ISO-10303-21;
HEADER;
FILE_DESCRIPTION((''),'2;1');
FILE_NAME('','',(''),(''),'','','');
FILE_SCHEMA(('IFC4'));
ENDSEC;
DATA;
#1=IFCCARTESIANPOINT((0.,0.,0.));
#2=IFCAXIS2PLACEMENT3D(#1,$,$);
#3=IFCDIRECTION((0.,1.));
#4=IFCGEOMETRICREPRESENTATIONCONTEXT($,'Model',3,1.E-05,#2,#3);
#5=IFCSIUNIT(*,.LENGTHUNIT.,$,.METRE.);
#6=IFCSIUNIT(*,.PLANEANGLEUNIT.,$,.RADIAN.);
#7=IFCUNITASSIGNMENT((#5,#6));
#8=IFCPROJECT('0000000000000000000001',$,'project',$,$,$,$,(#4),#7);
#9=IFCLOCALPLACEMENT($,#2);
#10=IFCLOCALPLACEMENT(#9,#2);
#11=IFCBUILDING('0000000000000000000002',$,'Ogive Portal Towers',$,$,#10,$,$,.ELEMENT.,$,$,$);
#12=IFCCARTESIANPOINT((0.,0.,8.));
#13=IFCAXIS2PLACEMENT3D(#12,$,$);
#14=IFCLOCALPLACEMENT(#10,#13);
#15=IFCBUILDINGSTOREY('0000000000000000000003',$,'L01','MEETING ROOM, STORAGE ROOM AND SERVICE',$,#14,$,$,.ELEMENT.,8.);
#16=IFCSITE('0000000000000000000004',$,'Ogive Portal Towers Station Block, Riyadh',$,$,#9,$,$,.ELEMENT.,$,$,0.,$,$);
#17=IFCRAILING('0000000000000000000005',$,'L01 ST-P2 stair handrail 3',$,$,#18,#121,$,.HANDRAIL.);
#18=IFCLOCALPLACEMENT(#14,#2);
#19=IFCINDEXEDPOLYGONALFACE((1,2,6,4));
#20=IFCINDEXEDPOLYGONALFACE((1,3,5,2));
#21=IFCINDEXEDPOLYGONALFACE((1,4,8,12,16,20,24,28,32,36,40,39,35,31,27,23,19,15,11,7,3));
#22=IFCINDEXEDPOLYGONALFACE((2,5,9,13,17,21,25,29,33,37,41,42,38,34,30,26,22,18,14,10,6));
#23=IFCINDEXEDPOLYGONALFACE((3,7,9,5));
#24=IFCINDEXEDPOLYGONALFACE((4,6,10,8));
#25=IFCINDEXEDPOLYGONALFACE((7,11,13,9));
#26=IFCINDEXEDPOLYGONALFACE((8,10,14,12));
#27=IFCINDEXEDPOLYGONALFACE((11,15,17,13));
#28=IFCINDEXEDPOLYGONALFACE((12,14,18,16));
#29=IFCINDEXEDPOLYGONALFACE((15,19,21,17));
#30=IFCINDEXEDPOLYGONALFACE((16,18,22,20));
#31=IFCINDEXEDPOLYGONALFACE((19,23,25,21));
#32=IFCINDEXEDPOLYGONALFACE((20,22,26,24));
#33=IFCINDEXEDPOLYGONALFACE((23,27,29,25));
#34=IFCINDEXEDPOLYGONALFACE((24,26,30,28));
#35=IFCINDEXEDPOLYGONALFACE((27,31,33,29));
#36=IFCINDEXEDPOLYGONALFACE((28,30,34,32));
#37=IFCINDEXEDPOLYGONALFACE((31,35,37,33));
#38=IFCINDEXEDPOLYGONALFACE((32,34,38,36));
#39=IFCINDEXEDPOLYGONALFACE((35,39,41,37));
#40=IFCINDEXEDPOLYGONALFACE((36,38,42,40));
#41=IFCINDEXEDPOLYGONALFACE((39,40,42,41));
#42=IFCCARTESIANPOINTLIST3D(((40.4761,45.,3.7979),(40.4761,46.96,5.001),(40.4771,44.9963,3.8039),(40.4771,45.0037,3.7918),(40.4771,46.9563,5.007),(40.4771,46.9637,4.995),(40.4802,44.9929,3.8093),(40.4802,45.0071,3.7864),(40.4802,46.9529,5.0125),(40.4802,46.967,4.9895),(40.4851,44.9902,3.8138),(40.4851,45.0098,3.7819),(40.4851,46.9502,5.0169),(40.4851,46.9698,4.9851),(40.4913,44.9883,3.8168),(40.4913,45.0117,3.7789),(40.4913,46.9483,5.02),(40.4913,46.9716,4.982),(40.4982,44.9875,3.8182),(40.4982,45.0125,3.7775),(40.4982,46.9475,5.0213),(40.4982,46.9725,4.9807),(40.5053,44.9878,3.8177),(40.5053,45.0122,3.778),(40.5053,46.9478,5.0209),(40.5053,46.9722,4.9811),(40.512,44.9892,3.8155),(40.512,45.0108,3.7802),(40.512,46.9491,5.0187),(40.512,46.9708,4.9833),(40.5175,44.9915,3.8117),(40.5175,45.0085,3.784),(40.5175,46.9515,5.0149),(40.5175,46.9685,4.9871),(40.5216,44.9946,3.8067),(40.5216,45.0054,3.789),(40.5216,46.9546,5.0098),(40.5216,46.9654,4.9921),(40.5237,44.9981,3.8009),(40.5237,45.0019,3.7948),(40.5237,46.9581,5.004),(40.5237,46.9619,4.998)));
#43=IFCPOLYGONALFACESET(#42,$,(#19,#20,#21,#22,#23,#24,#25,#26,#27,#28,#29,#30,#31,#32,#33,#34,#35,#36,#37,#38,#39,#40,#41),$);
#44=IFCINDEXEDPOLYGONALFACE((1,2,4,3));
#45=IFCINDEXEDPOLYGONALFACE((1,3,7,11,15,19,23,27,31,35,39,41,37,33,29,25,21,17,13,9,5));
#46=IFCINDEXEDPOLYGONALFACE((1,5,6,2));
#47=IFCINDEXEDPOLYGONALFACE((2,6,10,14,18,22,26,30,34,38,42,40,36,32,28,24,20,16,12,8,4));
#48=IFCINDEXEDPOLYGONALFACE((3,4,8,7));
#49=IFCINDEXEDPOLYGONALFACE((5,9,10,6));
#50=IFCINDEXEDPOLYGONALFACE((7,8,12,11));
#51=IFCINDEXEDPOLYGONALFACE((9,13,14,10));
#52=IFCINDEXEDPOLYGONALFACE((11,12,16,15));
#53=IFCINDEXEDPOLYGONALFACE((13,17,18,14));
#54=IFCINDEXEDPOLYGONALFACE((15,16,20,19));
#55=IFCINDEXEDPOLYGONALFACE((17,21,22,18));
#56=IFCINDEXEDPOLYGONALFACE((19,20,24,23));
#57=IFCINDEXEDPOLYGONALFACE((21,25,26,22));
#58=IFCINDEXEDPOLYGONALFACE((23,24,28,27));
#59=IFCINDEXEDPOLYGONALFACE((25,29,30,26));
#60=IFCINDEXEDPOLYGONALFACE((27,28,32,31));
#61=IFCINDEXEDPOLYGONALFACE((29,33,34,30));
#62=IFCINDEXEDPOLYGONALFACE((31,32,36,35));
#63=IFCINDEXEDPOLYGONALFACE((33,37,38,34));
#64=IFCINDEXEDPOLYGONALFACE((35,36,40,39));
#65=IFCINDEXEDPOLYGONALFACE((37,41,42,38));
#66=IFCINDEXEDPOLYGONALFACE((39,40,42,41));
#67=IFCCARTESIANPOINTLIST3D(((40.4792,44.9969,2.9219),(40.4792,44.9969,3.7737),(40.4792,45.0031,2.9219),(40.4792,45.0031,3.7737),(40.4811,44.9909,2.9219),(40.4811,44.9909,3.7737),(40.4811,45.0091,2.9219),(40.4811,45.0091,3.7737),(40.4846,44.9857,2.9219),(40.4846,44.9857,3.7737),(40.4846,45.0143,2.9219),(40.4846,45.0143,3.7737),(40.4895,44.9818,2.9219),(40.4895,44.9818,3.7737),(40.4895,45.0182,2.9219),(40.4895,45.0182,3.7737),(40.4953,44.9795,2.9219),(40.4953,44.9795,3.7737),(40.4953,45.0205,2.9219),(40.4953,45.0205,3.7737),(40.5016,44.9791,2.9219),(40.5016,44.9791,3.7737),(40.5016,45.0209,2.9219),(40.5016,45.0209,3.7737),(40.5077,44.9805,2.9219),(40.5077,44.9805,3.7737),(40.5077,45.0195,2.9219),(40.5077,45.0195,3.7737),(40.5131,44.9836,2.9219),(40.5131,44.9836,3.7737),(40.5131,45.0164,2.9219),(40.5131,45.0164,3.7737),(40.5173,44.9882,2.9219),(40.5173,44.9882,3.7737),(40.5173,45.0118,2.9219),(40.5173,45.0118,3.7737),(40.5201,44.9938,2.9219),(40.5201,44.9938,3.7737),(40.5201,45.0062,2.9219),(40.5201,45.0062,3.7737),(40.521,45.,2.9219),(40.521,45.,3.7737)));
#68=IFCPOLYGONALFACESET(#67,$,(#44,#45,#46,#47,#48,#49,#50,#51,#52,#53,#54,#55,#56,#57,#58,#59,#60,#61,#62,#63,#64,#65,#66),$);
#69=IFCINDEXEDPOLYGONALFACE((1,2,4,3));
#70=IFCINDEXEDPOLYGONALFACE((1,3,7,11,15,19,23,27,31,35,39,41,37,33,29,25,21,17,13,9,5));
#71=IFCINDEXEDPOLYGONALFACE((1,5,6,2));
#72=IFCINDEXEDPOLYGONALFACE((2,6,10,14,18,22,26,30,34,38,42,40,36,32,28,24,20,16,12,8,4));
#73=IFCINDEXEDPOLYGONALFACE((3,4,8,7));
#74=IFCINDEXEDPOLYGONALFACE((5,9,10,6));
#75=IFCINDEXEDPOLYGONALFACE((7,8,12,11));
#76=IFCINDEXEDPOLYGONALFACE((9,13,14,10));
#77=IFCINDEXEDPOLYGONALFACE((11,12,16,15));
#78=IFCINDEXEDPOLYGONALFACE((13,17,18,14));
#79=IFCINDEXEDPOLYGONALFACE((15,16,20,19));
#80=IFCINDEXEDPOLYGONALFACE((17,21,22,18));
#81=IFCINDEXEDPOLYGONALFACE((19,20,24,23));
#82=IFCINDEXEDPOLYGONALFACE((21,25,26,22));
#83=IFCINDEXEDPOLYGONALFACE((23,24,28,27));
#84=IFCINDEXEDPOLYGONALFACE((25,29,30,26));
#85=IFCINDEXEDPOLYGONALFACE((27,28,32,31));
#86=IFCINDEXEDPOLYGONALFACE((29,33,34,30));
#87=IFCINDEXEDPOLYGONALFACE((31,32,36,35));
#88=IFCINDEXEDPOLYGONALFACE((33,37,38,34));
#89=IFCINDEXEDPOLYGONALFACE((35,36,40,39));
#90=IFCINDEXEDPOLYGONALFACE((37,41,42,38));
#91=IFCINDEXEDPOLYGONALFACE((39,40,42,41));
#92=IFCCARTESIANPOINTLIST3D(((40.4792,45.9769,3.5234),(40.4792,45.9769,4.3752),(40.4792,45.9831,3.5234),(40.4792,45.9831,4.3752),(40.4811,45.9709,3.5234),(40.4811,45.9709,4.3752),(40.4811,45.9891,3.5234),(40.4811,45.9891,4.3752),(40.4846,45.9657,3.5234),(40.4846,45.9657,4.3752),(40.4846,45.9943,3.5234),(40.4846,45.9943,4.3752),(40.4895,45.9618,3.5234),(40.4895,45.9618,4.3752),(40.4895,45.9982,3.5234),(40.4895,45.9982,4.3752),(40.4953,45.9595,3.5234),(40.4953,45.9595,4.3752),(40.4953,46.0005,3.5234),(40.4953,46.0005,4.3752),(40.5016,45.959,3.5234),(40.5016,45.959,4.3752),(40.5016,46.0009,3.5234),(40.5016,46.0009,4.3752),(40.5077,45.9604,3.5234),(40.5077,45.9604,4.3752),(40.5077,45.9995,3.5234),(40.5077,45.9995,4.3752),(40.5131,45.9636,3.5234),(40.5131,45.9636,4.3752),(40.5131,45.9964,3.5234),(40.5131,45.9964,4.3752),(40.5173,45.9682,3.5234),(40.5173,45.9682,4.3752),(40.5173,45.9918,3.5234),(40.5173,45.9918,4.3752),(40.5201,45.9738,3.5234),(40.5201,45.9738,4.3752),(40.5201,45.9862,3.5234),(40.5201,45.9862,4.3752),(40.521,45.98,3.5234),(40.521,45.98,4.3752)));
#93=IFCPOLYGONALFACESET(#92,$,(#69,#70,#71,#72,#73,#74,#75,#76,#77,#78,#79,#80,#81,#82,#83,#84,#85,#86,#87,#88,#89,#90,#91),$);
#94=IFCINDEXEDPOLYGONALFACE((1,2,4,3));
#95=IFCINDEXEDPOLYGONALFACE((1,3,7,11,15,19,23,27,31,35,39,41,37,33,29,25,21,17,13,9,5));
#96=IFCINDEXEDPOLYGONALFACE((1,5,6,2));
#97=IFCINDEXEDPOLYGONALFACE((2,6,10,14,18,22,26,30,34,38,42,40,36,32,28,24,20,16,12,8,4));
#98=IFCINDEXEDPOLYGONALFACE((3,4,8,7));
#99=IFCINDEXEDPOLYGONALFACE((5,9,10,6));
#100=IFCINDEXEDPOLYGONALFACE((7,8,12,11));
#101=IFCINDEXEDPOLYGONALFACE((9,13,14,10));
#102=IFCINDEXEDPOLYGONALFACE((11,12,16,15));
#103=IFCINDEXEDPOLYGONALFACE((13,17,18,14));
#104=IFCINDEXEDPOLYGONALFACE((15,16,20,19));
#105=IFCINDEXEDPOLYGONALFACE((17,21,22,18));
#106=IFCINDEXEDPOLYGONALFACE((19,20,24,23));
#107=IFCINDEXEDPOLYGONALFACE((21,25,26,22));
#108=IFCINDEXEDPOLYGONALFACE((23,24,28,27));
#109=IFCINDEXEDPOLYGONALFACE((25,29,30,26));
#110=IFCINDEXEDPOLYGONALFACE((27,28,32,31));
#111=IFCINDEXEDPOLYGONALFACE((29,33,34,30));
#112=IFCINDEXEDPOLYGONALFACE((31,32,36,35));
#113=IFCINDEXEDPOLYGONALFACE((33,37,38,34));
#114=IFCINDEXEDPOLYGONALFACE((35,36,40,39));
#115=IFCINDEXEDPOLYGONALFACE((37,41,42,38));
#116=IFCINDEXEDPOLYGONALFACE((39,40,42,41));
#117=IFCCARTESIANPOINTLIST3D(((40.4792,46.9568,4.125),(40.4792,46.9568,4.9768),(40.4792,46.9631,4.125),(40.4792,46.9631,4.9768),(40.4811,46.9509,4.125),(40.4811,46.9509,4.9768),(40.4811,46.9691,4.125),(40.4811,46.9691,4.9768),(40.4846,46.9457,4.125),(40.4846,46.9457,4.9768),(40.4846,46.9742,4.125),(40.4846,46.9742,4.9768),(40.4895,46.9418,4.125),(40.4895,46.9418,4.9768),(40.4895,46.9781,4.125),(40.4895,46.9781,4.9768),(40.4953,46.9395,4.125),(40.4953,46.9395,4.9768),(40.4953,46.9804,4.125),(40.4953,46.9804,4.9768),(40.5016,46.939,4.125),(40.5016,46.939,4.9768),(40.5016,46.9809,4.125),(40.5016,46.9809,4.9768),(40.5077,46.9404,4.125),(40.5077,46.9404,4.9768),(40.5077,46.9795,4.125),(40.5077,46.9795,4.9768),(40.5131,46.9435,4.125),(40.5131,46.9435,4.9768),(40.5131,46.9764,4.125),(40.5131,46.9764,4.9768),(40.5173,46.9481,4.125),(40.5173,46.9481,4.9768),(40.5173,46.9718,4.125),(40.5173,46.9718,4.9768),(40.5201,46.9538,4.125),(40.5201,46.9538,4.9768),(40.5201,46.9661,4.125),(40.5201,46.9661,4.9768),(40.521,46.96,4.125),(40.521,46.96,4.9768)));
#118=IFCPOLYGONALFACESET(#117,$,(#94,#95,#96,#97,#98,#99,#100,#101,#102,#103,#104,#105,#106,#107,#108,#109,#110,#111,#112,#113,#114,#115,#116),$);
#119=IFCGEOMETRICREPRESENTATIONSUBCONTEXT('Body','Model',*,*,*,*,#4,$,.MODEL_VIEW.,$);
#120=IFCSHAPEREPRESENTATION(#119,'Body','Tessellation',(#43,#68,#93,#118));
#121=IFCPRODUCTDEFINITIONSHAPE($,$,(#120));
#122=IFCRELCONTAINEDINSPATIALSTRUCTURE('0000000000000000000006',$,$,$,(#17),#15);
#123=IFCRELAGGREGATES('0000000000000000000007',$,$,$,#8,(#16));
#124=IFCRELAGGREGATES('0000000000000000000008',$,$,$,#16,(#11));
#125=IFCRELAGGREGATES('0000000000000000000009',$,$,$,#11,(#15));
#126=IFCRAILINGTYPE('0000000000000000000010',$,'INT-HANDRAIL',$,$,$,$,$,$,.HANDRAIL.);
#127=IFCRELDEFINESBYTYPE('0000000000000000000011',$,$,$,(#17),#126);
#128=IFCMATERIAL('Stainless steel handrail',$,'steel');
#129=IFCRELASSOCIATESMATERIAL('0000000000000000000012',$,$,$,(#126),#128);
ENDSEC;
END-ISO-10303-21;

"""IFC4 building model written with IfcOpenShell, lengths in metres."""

from ifc_helpers import new_model, si_unit, direction, frame, origin, origin_2d, place, context, subcontext, project, spatial, circle, extrude, material, type_object, element, save


model = new_model("IFC4")

# Units and contexts
model_context = context("Model", 3, precision=1e-05, world=origin(), true_north=direction((0.0, 1.0)))
body_context = subcontext(model_context, "Body", "Model", "MODEL_VIEW")
ifc_project = project(units=[si_unit("LENGTHUNIT", "METRE"), si_unit("PLANEANGLEUNIT", "RADIAN")], contexts=[model_context])

# Site, building, storey
site_placement = place(None, origin())
site = spatial("IfcSite", under=ifc_project, at=site_placement, Name="Ogive Portal Towers Station Block, Riyadh", CompositionType="ELEMENT", RefElevation=0.0)
building_placement = place(site_placement, origin())
building = spatial("IfcBuilding", under=site, at=building_placement, Name="Ogive Portal Towers", CompositionType="ELEMENT")
storey_placement = place(building_placement, frame((0.0, 0.0, 8.0)))
storey = spatial("IfcBuildingStorey", under=building, at=storey_placement, Name="L01", Description="MEETING ROOM, STORAGE ROOM AND SERVICE", CompositionType="ELEMENT", Elevation=8.0)

# Railing
ifc_material_1 = material(Name="Stainless steel handrail", Category="steel")
railing_type_1 = type_object("IfcRailingType", Name="INT-HANDRAIL", PredefinedType="HANDRAIL", material=ifc_material_1)
railing_1_placement = place(storey_placement, frame((40.5, 45.0, 2.9219)))
element("IfcRailing", 1, at=railing_1_placement, inside=storey, type_object=railing_type_1, Name="L01 ST-P2 stair handrail 3", PredefinedType="HANDRAIL", context=body_context, shape_type="SweptSolid", body=[
    extrude(circle(Radius=0.0239, at=origin_2d()), frame((0.0, 0.0, 0.876), z_axis=(0.0, 0.852241, 0.523149), x_axis=(-1.0, 0.0, 0.0)), (0.0, 0.0, 1.0), 2.2998),
    extrude(circle(Radius=0.021, at=origin_2d()), origin(), (0.0, 0.0, 1.0), 0.8518),
    extrude(circle(Radius=0.021, at=origin_2d()), frame((0.0, 0.98, 0.6016)), (0.0, 0.0, 1.0), 0.8518),
    extrude(circle(Radius=0.021, at=origin_2d()), frame((0.0, 1.96, 1.2031)), (0.0, 0.0, 1.0), 0.8518),
])

save(model, "model.ifc")
